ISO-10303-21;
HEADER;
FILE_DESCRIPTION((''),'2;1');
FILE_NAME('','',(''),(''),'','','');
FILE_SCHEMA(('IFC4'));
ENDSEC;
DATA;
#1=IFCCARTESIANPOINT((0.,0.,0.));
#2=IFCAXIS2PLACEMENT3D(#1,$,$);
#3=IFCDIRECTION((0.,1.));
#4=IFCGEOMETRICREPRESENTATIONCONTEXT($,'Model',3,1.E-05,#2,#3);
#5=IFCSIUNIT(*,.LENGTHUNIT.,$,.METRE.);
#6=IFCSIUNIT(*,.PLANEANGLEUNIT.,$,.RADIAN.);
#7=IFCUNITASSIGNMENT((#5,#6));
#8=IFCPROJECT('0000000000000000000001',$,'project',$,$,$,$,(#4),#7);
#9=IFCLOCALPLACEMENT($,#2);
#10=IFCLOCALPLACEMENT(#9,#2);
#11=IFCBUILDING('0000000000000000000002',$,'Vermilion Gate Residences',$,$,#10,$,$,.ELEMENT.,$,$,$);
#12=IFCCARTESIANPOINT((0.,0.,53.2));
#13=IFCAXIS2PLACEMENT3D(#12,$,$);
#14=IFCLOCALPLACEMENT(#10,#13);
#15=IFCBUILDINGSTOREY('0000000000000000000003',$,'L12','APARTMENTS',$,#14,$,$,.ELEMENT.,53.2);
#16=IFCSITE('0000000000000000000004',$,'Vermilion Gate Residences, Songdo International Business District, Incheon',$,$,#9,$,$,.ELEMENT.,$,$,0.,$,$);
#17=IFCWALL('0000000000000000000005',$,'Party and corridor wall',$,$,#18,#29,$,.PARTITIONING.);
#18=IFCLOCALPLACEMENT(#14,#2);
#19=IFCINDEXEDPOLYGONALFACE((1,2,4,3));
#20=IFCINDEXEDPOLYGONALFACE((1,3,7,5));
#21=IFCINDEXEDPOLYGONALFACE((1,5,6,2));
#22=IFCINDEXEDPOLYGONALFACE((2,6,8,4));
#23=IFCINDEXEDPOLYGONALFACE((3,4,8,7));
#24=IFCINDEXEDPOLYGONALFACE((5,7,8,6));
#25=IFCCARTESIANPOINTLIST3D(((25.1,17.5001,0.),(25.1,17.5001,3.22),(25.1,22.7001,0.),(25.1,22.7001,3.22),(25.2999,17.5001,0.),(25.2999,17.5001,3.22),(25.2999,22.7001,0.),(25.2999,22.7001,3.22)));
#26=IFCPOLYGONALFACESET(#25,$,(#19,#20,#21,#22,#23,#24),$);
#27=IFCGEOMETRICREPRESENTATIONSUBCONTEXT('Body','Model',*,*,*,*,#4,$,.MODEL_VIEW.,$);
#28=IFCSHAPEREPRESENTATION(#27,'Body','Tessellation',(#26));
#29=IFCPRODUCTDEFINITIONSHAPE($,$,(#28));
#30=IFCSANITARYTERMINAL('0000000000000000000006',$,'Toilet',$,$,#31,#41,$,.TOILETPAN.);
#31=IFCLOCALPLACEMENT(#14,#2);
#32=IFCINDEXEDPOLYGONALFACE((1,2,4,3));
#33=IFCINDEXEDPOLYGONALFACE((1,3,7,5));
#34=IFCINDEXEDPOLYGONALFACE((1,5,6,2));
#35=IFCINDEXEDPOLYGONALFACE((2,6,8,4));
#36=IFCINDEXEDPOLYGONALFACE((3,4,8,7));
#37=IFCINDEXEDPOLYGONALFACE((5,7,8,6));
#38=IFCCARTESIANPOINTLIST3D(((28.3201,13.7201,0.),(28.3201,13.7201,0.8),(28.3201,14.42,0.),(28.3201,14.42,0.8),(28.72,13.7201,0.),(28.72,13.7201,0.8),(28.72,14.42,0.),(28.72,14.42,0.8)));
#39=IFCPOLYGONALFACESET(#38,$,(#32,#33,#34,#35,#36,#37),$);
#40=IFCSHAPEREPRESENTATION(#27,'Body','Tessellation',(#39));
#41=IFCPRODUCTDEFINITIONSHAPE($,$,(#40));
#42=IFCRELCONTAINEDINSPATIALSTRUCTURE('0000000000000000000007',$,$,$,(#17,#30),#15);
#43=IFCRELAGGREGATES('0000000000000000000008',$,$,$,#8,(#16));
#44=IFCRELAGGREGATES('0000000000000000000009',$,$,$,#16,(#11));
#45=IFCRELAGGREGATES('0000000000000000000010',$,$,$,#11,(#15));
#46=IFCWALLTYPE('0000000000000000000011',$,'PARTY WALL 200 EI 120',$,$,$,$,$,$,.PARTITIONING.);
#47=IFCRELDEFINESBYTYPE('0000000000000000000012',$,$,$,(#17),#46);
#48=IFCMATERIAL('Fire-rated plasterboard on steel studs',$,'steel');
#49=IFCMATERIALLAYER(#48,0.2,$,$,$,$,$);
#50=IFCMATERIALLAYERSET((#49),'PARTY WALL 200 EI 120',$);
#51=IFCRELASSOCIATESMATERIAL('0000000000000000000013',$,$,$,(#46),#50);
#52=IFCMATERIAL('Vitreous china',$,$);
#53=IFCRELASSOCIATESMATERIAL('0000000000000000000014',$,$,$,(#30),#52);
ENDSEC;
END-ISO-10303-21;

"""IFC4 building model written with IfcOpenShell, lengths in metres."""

from ifc_helpers import new_model, si_unit, direction, frame, frame_2d, origin, origin_2d, place, context, subcontext, project, spatial, rectangle, extrude, material, layer, layer_set, type_object, element, save


model = new_model("IFC4")

# Units and contexts
model_context = context("Model", 3, precision=1e-05, world=origin(), true_north=direction((0.0, 1.0)))
body_context = subcontext(model_context, "Body", "Model", "MODEL_VIEW")
ifc_project = project(units=[si_unit("LENGTHUNIT", "METRE"), si_unit("PLANEANGLEUNIT", "RADIAN")], contexts=[model_context])

# Site, building, storey
site_placement = place(None, origin())
site = spatial("IfcSite", under=ifc_project, at=site_placement, Name="Vermilion Gate Residences, Songdo International Business District, Incheon", CompositionType="ELEMENT", RefElevation=0.0)
building_placement = place(site_placement, origin())
building = spatial("IfcBuilding", under=site, at=building_placement, Name="Vermilion Gate Residences", CompositionType="ELEMENT")
storey_placement = place(building_placement, frame((0.0, 0.0, 53.2)))
storey = spatial("IfcBuildingStorey", under=building, at=storey_placement, Name="L12", Description="APARTMENTS", CompositionType="ELEMENT", Elevation=53.2)

# Wall
ifc_material_1 = material(Name="Fire-rated plasterboard on steel studs", Category="steel")
ifc_layer_1 = layer(ifc_material_1, 0.2)
ifc_layer_set_1 = layer_set([ifc_layer_1], Name="PARTY WALL 200 EI 120")
wall_type_1 = type_object("IfcWallType", Name="PARTY WALL 200 EI 120", PredefinedType="PARTITIONING", material=ifc_layer_set_1)
wall_1_placement = place(storey_placement, frame((25.2, 17.5, 0.0), z_axis=(0.0, 0.0, 1.0), x_axis=(0.0, 1.0, 0.0)))
element("IfcWall", 1, at=wall_1_placement, inside=storey, type_object=wall_type_1, Name="Party and corridor wall", PredefinedType="PARTITIONING", context=body_context, shape_type="SweptSolid", body=[
    extrude(rectangle(XDim=5.2, YDim=0.2, at=frame_2d((2.6001, 0.0))), origin(), (0.0, 0.0, 1.0), 3.22),
])

# Sanitary terminal
ifc_material_2 = material(Name="Vitreous china")
sanitary_terminal_placement = place(storey_placement, frame((28.52, 14.0701, 0.0), z_axis=(0.0, 0.0, 1.0), x_axis=(1.0, 0.0, 0.0)))
element("IfcSanitaryTerminal", 2, at=sanitary_terminal_placement, inside=storey, material=ifc_material_2, Name="Toilet", PredefinedType="TOILETPAN", context=body_context, shape_type="SweptSolid", body=[
    extrude(rectangle(XDim=0.3999, YDim=0.7, at=origin_2d()), origin(), (0.0, 0.0, 1.0), 0.8),
])

save(model, "model.ifc")
